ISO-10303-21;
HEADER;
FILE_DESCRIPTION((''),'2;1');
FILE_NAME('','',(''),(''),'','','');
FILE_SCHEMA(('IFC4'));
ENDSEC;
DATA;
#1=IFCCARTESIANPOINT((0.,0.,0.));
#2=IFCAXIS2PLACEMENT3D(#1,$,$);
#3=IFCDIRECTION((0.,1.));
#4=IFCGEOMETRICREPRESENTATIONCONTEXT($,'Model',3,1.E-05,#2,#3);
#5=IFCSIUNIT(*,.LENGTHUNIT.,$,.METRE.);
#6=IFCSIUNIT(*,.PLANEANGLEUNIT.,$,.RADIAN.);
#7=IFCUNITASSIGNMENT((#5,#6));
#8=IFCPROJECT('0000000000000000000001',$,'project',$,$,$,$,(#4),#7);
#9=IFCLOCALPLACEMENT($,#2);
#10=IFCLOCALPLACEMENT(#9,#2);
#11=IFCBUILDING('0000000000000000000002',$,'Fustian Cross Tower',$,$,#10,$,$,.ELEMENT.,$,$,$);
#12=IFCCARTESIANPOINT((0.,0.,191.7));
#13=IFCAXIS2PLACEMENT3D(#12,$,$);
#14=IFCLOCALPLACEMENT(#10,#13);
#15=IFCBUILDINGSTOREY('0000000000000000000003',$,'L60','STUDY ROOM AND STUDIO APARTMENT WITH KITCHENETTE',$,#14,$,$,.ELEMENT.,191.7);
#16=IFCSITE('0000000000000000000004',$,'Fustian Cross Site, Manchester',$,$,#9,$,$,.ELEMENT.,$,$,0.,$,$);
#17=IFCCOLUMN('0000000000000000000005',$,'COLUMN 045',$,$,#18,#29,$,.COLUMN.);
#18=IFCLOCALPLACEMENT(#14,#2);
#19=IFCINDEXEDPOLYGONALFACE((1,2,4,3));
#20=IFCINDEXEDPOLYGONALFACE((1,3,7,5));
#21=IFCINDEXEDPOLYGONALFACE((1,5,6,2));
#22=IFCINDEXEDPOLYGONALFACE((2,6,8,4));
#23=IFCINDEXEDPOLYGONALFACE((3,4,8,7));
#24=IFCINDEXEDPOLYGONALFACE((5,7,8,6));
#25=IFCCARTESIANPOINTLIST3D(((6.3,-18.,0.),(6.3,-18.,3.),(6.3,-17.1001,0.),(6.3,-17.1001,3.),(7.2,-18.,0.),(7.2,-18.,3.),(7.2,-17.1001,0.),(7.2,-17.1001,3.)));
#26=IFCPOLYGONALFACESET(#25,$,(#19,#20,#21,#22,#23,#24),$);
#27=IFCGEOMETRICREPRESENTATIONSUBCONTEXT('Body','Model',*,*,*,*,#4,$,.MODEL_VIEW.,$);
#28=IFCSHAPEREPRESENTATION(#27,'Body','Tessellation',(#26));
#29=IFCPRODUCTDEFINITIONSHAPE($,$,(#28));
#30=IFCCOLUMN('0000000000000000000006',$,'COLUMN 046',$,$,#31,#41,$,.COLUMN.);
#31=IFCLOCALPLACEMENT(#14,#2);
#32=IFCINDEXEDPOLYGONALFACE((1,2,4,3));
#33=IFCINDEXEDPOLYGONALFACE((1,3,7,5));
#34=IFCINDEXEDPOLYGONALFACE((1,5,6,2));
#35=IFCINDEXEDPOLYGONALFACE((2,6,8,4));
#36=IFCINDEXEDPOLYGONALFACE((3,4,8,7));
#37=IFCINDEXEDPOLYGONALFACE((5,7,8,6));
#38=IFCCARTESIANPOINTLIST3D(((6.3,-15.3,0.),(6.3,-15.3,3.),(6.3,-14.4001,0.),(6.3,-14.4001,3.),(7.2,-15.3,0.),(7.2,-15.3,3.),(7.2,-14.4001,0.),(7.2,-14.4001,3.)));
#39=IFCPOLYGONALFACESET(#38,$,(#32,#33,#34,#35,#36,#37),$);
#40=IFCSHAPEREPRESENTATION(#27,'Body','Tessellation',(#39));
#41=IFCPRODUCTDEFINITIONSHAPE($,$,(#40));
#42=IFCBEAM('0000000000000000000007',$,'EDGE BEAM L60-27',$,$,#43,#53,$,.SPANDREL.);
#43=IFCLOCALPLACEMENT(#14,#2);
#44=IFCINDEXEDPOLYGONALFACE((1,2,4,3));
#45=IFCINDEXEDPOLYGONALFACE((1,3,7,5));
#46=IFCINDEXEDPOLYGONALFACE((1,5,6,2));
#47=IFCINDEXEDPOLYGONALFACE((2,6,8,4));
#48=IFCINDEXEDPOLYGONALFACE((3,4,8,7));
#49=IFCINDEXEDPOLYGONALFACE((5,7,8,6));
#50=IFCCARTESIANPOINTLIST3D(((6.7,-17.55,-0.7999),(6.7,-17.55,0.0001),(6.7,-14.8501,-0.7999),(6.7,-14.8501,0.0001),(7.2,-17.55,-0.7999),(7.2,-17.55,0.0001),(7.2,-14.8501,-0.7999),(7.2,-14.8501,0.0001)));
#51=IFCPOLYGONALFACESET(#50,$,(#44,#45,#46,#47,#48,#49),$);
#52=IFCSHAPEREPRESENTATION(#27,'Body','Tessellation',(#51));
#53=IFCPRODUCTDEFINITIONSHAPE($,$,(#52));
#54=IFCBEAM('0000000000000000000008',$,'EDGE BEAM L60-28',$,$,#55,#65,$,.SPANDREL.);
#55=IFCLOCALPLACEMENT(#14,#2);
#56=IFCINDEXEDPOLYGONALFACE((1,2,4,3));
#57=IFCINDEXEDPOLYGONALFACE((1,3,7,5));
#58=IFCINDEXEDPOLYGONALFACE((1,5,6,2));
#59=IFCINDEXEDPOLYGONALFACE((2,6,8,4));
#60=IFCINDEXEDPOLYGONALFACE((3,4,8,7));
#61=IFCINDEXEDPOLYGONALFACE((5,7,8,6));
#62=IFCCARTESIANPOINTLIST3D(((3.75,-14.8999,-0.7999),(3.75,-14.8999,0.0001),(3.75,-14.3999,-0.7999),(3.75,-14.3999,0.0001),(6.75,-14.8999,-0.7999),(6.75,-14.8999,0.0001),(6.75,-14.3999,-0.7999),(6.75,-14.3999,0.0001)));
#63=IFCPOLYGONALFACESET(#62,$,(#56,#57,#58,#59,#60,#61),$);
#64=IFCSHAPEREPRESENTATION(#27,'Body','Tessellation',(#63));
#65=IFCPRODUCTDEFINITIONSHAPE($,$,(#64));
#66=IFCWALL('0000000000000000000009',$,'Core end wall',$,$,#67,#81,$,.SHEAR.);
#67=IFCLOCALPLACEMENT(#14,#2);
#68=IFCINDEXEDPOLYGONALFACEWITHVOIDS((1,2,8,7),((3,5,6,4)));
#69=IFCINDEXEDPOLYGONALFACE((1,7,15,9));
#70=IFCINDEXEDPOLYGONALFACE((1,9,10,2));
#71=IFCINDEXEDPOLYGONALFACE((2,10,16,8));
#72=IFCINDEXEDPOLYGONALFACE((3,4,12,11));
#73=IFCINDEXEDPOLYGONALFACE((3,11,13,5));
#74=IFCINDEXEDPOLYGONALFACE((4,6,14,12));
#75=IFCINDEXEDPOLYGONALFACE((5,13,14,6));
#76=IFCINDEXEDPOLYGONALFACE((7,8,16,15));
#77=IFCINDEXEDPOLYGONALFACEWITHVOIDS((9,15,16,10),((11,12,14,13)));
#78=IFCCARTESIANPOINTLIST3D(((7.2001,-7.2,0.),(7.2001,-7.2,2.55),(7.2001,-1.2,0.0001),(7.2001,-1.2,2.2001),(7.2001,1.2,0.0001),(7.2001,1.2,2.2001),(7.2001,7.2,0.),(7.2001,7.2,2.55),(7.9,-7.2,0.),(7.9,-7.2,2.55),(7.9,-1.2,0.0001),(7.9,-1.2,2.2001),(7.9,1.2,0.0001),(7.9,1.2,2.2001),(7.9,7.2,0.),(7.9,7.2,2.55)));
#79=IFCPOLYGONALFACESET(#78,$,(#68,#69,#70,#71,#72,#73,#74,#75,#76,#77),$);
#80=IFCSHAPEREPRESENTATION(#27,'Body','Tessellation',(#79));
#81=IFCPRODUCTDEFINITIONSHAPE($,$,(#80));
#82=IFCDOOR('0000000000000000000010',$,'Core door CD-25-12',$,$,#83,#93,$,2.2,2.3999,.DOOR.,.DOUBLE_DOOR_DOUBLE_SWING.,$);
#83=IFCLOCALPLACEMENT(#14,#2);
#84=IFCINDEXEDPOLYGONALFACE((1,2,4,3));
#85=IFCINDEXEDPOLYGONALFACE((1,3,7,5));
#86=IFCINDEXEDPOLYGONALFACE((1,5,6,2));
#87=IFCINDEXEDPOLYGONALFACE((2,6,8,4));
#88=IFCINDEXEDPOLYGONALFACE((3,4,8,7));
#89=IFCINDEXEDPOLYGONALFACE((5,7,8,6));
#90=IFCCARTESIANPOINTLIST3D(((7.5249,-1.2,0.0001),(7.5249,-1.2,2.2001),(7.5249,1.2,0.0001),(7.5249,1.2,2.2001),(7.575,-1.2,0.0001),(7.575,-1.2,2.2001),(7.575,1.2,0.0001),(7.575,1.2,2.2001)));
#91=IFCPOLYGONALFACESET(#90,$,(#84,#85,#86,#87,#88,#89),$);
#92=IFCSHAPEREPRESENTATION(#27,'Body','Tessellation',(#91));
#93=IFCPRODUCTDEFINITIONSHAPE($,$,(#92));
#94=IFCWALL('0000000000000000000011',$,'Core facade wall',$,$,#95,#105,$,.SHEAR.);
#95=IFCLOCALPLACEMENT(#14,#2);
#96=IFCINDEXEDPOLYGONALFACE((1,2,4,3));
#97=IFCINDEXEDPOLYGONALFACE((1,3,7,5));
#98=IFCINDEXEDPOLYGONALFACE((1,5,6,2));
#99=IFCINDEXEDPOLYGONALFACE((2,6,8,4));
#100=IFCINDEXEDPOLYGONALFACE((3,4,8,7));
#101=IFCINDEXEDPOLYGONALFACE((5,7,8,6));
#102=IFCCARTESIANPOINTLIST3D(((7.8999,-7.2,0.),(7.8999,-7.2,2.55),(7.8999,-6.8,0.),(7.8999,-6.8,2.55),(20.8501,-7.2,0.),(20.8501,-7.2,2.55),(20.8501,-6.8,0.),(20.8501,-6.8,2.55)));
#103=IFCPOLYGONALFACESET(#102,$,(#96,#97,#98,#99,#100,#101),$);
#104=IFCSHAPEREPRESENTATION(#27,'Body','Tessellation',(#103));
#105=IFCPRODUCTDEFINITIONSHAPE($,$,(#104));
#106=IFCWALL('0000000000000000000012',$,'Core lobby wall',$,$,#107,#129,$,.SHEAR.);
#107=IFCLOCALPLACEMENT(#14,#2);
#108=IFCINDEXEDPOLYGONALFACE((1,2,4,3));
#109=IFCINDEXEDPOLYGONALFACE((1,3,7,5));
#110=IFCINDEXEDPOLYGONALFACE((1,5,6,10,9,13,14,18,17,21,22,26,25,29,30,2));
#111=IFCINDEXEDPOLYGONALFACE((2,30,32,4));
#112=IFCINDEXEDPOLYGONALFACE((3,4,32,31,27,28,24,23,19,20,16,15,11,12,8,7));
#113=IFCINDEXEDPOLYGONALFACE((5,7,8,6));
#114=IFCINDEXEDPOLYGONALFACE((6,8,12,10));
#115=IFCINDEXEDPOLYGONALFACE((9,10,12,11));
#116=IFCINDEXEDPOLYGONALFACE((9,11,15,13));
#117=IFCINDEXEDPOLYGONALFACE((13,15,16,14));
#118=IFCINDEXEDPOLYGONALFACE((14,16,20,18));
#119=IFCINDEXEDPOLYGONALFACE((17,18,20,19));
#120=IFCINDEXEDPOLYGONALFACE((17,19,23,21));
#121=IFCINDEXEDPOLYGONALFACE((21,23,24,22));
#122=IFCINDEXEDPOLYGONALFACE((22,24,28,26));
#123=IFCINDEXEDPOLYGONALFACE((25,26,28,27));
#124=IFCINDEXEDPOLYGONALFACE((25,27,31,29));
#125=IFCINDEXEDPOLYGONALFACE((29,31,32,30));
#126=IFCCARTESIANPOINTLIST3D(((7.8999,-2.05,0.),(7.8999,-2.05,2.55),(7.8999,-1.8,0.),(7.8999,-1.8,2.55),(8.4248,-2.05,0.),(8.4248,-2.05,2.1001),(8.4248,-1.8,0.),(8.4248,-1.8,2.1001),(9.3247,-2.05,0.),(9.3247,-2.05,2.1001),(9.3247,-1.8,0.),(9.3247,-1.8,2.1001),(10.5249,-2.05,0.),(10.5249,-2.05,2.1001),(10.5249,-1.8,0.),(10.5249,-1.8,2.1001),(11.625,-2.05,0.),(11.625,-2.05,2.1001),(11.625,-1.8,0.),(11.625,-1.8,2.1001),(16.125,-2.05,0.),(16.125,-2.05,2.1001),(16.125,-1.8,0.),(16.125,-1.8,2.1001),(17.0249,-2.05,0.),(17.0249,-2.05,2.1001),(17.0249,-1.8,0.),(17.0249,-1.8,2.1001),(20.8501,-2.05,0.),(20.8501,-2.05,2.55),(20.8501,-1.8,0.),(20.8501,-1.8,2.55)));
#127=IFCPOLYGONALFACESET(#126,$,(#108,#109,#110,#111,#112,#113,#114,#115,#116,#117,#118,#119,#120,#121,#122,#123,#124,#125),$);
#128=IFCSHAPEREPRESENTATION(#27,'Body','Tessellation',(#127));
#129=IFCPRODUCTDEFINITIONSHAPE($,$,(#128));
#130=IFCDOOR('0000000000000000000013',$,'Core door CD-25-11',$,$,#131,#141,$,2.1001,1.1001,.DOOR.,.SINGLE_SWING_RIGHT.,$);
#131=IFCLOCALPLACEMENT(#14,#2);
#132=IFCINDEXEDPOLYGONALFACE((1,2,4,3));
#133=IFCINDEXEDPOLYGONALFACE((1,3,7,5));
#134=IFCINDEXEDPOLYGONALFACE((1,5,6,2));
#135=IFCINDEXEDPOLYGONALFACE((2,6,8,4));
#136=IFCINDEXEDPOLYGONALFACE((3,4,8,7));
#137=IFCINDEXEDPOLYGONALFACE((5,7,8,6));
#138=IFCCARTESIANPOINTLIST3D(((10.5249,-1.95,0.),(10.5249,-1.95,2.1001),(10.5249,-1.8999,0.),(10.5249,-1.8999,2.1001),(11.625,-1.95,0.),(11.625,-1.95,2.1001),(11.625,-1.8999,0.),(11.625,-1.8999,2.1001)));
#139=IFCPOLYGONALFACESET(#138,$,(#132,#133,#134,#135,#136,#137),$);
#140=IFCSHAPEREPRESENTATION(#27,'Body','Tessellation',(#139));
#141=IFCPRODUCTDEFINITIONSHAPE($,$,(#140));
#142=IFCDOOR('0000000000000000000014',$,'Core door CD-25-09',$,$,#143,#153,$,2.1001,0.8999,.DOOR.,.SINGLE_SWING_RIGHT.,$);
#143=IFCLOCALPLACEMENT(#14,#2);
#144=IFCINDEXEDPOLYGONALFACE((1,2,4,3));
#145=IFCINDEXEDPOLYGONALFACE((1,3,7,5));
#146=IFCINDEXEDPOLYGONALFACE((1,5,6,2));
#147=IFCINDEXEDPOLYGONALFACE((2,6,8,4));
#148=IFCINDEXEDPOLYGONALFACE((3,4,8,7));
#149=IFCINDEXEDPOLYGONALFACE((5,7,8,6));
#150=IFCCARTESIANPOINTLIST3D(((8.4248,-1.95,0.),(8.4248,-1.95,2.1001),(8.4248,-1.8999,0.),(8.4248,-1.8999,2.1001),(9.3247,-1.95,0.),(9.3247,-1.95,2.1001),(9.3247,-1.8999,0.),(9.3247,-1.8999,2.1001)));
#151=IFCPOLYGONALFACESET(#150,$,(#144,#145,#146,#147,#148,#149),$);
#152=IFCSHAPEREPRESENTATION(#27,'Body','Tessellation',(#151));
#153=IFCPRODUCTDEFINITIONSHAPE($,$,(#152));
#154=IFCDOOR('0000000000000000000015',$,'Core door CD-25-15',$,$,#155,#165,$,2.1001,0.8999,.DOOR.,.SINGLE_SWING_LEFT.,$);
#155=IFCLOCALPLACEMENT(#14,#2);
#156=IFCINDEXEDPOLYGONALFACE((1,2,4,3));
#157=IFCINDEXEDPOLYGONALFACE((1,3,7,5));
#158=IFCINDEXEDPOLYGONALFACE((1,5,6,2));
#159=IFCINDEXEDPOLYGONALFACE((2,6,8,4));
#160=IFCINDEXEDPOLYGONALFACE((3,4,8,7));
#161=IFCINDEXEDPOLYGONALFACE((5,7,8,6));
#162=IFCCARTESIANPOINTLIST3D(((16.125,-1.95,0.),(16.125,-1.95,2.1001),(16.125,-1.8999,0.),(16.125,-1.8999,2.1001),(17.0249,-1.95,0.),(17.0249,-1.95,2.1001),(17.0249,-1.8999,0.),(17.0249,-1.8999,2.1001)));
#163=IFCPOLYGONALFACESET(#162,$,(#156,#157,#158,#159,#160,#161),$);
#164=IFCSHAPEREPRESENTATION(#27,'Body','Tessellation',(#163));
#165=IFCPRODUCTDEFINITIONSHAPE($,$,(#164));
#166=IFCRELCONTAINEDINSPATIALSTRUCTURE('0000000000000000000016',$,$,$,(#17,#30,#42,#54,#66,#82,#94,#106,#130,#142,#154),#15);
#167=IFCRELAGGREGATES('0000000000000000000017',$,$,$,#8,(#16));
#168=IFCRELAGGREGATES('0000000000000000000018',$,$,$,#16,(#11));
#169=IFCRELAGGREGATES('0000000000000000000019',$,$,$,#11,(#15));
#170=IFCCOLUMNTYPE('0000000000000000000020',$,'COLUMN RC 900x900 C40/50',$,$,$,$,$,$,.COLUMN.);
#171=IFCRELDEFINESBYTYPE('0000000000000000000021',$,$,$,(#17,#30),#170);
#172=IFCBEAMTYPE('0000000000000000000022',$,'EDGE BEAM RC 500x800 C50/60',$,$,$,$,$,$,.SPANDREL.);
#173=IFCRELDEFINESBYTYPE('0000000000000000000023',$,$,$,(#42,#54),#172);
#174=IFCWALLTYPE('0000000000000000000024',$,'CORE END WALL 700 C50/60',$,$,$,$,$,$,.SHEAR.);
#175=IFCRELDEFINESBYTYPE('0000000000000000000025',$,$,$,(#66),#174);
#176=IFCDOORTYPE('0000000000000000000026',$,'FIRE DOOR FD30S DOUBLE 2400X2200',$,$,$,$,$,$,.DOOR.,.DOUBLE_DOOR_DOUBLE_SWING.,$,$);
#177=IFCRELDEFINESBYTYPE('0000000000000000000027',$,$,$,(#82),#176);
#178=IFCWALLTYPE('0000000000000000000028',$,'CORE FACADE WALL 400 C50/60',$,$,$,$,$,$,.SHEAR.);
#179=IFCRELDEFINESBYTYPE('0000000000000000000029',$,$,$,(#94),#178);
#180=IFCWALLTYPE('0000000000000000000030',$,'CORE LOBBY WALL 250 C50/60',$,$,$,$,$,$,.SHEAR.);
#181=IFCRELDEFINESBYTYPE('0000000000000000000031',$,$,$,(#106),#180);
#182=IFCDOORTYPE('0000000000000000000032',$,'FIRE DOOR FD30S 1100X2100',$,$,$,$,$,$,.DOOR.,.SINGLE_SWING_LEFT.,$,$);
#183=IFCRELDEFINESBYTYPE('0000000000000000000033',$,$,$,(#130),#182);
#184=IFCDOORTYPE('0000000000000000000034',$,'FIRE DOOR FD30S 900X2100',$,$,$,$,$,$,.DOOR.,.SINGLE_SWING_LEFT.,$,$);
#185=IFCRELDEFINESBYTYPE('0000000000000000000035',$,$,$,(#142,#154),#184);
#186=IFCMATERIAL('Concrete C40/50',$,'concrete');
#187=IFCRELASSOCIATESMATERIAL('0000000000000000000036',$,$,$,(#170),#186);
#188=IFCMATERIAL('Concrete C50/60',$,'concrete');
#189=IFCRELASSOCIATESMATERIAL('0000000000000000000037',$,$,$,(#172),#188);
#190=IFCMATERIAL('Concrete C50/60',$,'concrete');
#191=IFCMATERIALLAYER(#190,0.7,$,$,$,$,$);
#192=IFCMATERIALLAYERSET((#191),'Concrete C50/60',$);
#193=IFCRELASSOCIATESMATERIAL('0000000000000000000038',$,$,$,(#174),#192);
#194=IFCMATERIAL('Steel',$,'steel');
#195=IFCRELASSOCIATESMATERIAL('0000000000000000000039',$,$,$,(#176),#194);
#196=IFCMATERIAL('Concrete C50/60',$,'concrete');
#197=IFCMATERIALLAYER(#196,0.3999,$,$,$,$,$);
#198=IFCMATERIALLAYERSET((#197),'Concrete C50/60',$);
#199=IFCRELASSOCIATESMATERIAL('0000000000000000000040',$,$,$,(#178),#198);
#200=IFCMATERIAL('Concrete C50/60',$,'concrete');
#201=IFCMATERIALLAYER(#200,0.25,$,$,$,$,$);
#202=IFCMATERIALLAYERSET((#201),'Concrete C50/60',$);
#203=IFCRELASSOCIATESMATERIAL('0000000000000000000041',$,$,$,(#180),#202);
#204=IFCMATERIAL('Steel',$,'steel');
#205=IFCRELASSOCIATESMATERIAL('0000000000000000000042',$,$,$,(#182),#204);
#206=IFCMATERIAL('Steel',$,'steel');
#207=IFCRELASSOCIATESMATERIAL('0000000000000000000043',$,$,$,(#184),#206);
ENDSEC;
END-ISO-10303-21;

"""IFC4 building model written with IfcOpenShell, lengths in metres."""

from ifc_helpers import new_model, si_unit, direction, frame, frame_2d, origin, origin_2d, place, context, subcontext, project, spatial, rectangle, extrude, material, layer, layer_set, material_profile, profile_set, type_object, element, fill, save


model = new_model("IFC4")

# Units and contexts
model_context = context("Model", 3, precision=1e-05, world=origin(), true_north=direction((0.0, 1.0)))
body_context = subcontext(model_context, "Body", "Model", "MODEL_VIEW")
ifc_project = project(units=[si_unit("LENGTHUNIT", "METRE"), si_unit("PLANEANGLEUNIT", "RADIAN")], contexts=[model_context])

# Site, building, storey
site_placement = place(None, origin())
site = spatial("IfcSite", under=ifc_project, at=site_placement, Name="Fustian Cross Site, Manchester", CompositionType="ELEMENT", RefElevation=0.0)
building_placement = place(site_placement, origin())
building = spatial("IfcBuilding", under=site, at=building_placement, Name="Fustian Cross Tower", CompositionType="ELEMENT")
storey_placement = place(building_placement, frame((0.0, 0.0, 191.7)))
storey = spatial("IfcBuildingStorey", under=building, at=storey_placement, Name="L60", Description="STUDY ROOM AND STUDIO APARTMENT WITH KITCHENETTE", CompositionType="ELEMENT", Elevation=191.7)

# Columns
ifc_material_1 = material(Name="Concrete C40/50", Category="concrete")
ifc_material_profile_1 = material_profile(ifc_material_1, rectangle(XDim=0.8999, YDim=0.8999, at=origin_2d()), Name="RC 900x900")
ifc_profile_set_1 = profile_set([ifc_material_profile_1], Name="Concrete C40/50")
column_type = type_object("IfcColumnType", Name="COLUMN RC 900x900 C40/50", PredefinedType="COLUMN", material=ifc_profile_set_1)
for number, where, z_axis, x_axis, name in (
    (1, (6.75, -17.55, 0.0), (0.0, 0.0, 1.0), (1.0, 0.0, 0.0), "COLUMN 045"),
    (2, (6.75, -14.8501, 0.0), (0.0, 0.0, 1.0), (1.0, 0.0, 0.0), "COLUMN 046"),
):
    element("IfcColumn", number, at=place(storey_placement, frame(where, z_axis=z_axis, x_axis=x_axis)), inside=storey, type_object=column_type, Name=name, PredefinedType="COLUMN", context=body_context, shape_type="SweptSolid", body=[
        extrude(rectangle(XDim=0.8999, YDim=0.8999, at=origin_2d()), origin(), (0.0, 0.0, 1.0), 3.0),
    ])

# Beams
ifc_material_2 = material(Name="Concrete C50/60", Category="concrete")
ifc_material_profile_2 = material_profile(ifc_material_2, rectangle(XDim=0.5, YDim=0.8, at=origin_2d()), Name="RC 500x800")
ifc_profile_set_2 = profile_set([ifc_material_profile_2], Name="Concrete C50/60")
beam_type = type_object("IfcBeamType", Name="EDGE BEAM RC 500x800 C50/60", PredefinedType="SPANDREL", material=ifc_profile_set_2)
beam_1_placement = place(storey_placement, frame((6.95, -17.55, -0.3999), z_axis=(0.0, 1.0, 0.0), x_axis=(-1.0, 0.0, 0.0)))
element("IfcBeam", 3, at=beam_1_placement, inside=storey, type_object=beam_type, Name="EDGE BEAM L60-27", PredefinedType="SPANDREL", context=body_context, shape_type="SweptSolid", body=[
    extrude(rectangle(XDim=0.5, YDim=0.8, at=origin_2d()), origin(), (0.0, 0.0, 1.0), 2.7),
])
beam_2_placement = place(storey_placement, frame((6.75, -14.6499, -0.3999), z_axis=(-1.0, 0.0, 0.0), x_axis=(0.0, -1.0, 0.0)))
element("IfcBeam", 4, at=beam_2_placement, inside=storey, type_object=beam_type, Name="EDGE BEAM L60-28", PredefinedType="SPANDREL", context=body_context, shape_type="SweptSolid", body=[
    extrude(rectangle(XDim=0.5, YDim=0.8, at=origin_2d()), origin(), (0.0, 0.0, 1.0), 3.0),
])

# Wall, opening, door
ifc_material_3 = material(Name="Concrete C50/60", Category="concrete")
ifc_layer_1 = layer(ifc_material_3, 0.7)
ifc_layer_set_1 = layer_set([ifc_layer_1], Name="Concrete C50/60")
wall_type_1 = type_object("IfcWallType", Name="CORE END WALL 700 C50/60", PredefinedType="SHEAR", material=ifc_layer_set_1)
wall_1_placement = place(storey_placement, frame((7.55, -7.2, 0.0), z_axis=(0.0, 0.0, 1.0), x_axis=(0.0, 1.0, 0.0)))
wall_1 = element("IfcWall", 5, at=wall_1_placement, inside=storey, type_object=wall_type_1, Name="Core end wall", PredefinedType="SHEAR", context=body_context, shape_type="SweptSolid", body=[
    extrude(rectangle(XDim=14.3999, YDim=0.7, at=frame_2d((7.2, 0.0))), origin(), (0.0, 0.0, 1.0), 2.55),
])
opening_1_placement = place(wall_1_placement, frame((6.0, 0.0, 0.0)))
opening_1 = element("IfcOpeningElement", 6, at=opening_1_placement, cuts=wall_1, PredefinedType="OPENING", context=body_context, shape_type="SweptSolid", body=[
    extrude(rectangle(XDim=2.3999, YDim=2.2, at=frame_2d((1.2, 1.1001))), frame((0.0, 0.3599, 0.0), z_axis=(0.0, -1.0, 0.0), x_axis=(1.0, 0.0, 0.0)), (0.0, 0.0, 1.0), 0.72),
])
ifc_material_4 = material(Name="Steel", Category="steel")
door_type_1 = type_object("IfcDoorType", Name="FIRE DOOR FD30S DOUBLE 2400X2200", OperationType="DOUBLE_DOOR_DOUBLE_SWING", PredefinedType="DOOR", material=ifc_material_4)
door_1_placement = place(opening_1_placement, frame((2.3999, 0.0, 0.0), z_axis=(0.0, 0.0, 1.0), x_axis=(-1.0, 0.0, 0.0)))
door_1 = element("IfcDoor", 7, at=door_1_placement, inside=storey, type_object=door_type_1, Name="Core door CD-25-12", OperationType="DOUBLE_DOOR_DOUBLE_SWING", OverallHeight=2.2, OverallWidth=2.3999, PredefinedType="DOOR", context=body_context, shape_type="SweptSolid", body=[
    extrude(rectangle(XDim=2.3999, YDim=2.2, at=frame_2d((1.2, 1.1001))), frame((0.0, 0.0249, 0.0), z_axis=(0.0, -1.0, 0.0), x_axis=(1.0, 0.0, 0.0)), (0.0, 0.0, 1.0), 0.05),
])
fill(opening_1, door_1)

# Wall
ifc_material_5 = material(Name="Concrete C50/60", Category="concrete")
ifc_layer_2 = layer(ifc_material_5, 0.3999)
ifc_layer_set_2 = layer_set([ifc_layer_2], Name="Concrete C50/60")
wall_type_2 = type_object("IfcWallType", Name="CORE FACADE WALL 400 C50/60", PredefinedType="SHEAR", material=ifc_layer_set_2)
wall_2_placement = place(storey_placement, frame((7.8999, -7.0, 0.0), z_axis=(0.0, 0.0, 1.0), x_axis=(1.0, 0.0, 0.0)))
element("IfcWall", 8, at=wall_2_placement, inside=storey, type_object=wall_type_2, Name="Core facade wall", PredefinedType="SHEAR", context=body_context, shape_type="SweptSolid", body=[
    extrude(rectangle(XDim=12.9502, YDim=0.3999, at=frame_2d((6.4751, 0.0))), origin(), (0.0, 0.0, 1.0), 2.55),
])

# Wall, openings, doors
ifc_material_6 = material(Name="Concrete C50/60", Category="concrete")
ifc_layer_3 = layer(ifc_material_6, 0.25)
ifc_layer_set_3 = layer_set([ifc_layer_3], Name="Concrete C50/60")
wall_type_3 = type_object("IfcWallType", Name="CORE LOBBY WALL 250 C50/60", PredefinedType="SHEAR", material=ifc_layer_set_3)
wall_3_placement = place(storey_placement, frame((7.8999, -1.925, 0.0), z_axis=(0.0, 0.0, 1.0), x_axis=(1.0, 0.0, 0.0)))
wall_3 = element("IfcWall", 9, at=wall_3_placement, inside=storey, type_object=wall_type_3, Name="Core lobby wall", PredefinedType="SHEAR", context=body_context, shape_type="SweptSolid", body=[
    extrude(rectangle(XDim=12.9502, YDim=0.25, at=frame_2d((6.4751, 0.0))), origin(), (0.0, 0.0, 1.0), 2.55),
])
opening_2_placement = place(wall_3_placement, frame((0.5249, 0.0, 0.0)))
opening_2 = element("IfcOpeningElement", 10, at=opening_2_placement, cuts=wall_3, PredefinedType="OPENING", context=body_context, shape_type="SweptSolid", body=[
    extrude(rectangle(XDim=0.8999, YDim=2.1001, at=frame_2d((0.45, 1.05))), frame((0.0, 0.135, 0.0), z_axis=(0.0, -1.0, 0.0), x_axis=(1.0, 0.0, 0.0)), (0.0, 0.0, 1.0), 0.27),
])
opening_3_placement = place(wall_3_placement, frame((2.625, 0.0, 0.0)))
opening_3 = element("IfcOpeningElement", 11, at=opening_3_placement, cuts=wall_3, PredefinedType="OPENING", context=body_context, shape_type="SweptSolid", body=[
    extrude(rectangle(XDim=1.1001, YDim=2.1001, at=frame_2d((0.55, 1.05))), frame((0.0, 0.135, 0.0), z_axis=(0.0, -1.0, 0.0), x_axis=(1.0, 0.0, 0.0)), (0.0, 0.0, 1.0), 0.27),
])
opening_4_placement = place(wall_3_placement, frame((8.2251, 0.0, 0.0)))
opening_4 = element("IfcOpeningElement", 12, at=opening_4_placement, cuts=wall_3, PredefinedType="OPENING", context=body_context, shape_type="SweptSolid", body=[
    extrude(rectangle(XDim=0.8999, YDim=2.1001, at=frame_2d((0.45, 1.05))), frame((0.0, 0.135, 0.0), z_axis=(0.0, -1.0, 0.0), x_axis=(1.0, 0.0, 0.0)), (0.0, 0.0, 1.0), 0.27),
])
ifc_material_7 = material(Name="Steel", Category="steel")
door_type_2 = type_object("IfcDoorType", Name="FIRE DOOR FD30S 1100X2100", OperationType="SINGLE_SWING_LEFT", PredefinedType="DOOR", material=ifc_material_7)
door_2_placement = place(opening_3_placement, frame((1.1001, 0.0, 0.0), z_axis=(0.0, 0.0, 1.0), x_axis=(-1.0, 0.0, 0.0)))
door_2 = element("IfcDoor", 13, at=door_2_placement, inside=storey, type_object=door_type_2, Name="Core door CD-25-11", OperationType="SINGLE_SWING_RIGHT", OverallHeight=2.1001, OverallWidth=1.1001, PredefinedType="DOOR", context=body_context, shape_type="SweptSolid", body=[
    extrude(rectangle(XDim=1.1001, YDim=2.1001, at=frame_2d((0.55, 1.05))), frame((0.0, 0.0249, 0.0), z_axis=(0.0, -1.0, 0.0), x_axis=(1.0, 0.0, 0.0)), (0.0, 0.0, 1.0), 0.05),
])
fill(opening_3, door_2)
ifc_material_8 = material(Name="Steel", Category="steel")
door_type_3 = type_object("IfcDoorType", Name="FIRE DOOR FD30S 900X2100", OperationType="SINGLE_SWING_LEFT", PredefinedType="DOOR", material=ifc_material_8)
door_3_placement = place(opening_2_placement, frame((0.8999, 0.0, 0.0), z_axis=(0.0, 0.0, 1.0), x_axis=(-1.0, 0.0, 0.0)))
door_3 = element("IfcDoor", 14, at=door_3_placement, inside=storey, type_object=door_type_3, Name="Core door CD-25-09", OperationType="SINGLE_SWING_RIGHT", OverallHeight=2.1001, OverallWidth=0.8999, PredefinedType="DOOR", context=body_context, shape_type="SweptSolid", body=[
    extrude(rectangle(XDim=0.8999, YDim=2.1001, at=frame_2d((0.45, 1.05))), frame((0.0, 0.0249, 0.0), z_axis=(0.0, -1.0, 0.0), x_axis=(1.0, 0.0, 0.0)), (0.0, 0.0, 1.0), 0.05),
])
fill(opening_2, door_3)
door_4_placement = place(opening_4_placement, frame((0.8999, 0.0, 0.0), z_axis=(0.0, 0.0, 1.0), x_axis=(-1.0, 0.0, 0.0)))
door_4 = element("IfcDoor", 15, at=door_4_placement, inside=storey, type_object=door_type_3, Name="Core door CD-25-15", OperationType="SINGLE_SWING_LEFT", OverallHeight=2.1001, OverallWidth=0.8999, PredefinedType="DOOR", context=body_context, shape_type="SweptSolid", body=[
    extrude(rectangle(XDim=0.8999, YDim=2.1001, at=frame_2d((0.45, 1.05))), frame((0.0, 0.0249, 0.0), z_axis=(0.0, -1.0, 0.0), x_axis=(1.0, 0.0, 0.0)), (0.0, 0.0, 1.0), 0.05),
])
fill(opening_4, door_4)

save(model, "model.ifc")
